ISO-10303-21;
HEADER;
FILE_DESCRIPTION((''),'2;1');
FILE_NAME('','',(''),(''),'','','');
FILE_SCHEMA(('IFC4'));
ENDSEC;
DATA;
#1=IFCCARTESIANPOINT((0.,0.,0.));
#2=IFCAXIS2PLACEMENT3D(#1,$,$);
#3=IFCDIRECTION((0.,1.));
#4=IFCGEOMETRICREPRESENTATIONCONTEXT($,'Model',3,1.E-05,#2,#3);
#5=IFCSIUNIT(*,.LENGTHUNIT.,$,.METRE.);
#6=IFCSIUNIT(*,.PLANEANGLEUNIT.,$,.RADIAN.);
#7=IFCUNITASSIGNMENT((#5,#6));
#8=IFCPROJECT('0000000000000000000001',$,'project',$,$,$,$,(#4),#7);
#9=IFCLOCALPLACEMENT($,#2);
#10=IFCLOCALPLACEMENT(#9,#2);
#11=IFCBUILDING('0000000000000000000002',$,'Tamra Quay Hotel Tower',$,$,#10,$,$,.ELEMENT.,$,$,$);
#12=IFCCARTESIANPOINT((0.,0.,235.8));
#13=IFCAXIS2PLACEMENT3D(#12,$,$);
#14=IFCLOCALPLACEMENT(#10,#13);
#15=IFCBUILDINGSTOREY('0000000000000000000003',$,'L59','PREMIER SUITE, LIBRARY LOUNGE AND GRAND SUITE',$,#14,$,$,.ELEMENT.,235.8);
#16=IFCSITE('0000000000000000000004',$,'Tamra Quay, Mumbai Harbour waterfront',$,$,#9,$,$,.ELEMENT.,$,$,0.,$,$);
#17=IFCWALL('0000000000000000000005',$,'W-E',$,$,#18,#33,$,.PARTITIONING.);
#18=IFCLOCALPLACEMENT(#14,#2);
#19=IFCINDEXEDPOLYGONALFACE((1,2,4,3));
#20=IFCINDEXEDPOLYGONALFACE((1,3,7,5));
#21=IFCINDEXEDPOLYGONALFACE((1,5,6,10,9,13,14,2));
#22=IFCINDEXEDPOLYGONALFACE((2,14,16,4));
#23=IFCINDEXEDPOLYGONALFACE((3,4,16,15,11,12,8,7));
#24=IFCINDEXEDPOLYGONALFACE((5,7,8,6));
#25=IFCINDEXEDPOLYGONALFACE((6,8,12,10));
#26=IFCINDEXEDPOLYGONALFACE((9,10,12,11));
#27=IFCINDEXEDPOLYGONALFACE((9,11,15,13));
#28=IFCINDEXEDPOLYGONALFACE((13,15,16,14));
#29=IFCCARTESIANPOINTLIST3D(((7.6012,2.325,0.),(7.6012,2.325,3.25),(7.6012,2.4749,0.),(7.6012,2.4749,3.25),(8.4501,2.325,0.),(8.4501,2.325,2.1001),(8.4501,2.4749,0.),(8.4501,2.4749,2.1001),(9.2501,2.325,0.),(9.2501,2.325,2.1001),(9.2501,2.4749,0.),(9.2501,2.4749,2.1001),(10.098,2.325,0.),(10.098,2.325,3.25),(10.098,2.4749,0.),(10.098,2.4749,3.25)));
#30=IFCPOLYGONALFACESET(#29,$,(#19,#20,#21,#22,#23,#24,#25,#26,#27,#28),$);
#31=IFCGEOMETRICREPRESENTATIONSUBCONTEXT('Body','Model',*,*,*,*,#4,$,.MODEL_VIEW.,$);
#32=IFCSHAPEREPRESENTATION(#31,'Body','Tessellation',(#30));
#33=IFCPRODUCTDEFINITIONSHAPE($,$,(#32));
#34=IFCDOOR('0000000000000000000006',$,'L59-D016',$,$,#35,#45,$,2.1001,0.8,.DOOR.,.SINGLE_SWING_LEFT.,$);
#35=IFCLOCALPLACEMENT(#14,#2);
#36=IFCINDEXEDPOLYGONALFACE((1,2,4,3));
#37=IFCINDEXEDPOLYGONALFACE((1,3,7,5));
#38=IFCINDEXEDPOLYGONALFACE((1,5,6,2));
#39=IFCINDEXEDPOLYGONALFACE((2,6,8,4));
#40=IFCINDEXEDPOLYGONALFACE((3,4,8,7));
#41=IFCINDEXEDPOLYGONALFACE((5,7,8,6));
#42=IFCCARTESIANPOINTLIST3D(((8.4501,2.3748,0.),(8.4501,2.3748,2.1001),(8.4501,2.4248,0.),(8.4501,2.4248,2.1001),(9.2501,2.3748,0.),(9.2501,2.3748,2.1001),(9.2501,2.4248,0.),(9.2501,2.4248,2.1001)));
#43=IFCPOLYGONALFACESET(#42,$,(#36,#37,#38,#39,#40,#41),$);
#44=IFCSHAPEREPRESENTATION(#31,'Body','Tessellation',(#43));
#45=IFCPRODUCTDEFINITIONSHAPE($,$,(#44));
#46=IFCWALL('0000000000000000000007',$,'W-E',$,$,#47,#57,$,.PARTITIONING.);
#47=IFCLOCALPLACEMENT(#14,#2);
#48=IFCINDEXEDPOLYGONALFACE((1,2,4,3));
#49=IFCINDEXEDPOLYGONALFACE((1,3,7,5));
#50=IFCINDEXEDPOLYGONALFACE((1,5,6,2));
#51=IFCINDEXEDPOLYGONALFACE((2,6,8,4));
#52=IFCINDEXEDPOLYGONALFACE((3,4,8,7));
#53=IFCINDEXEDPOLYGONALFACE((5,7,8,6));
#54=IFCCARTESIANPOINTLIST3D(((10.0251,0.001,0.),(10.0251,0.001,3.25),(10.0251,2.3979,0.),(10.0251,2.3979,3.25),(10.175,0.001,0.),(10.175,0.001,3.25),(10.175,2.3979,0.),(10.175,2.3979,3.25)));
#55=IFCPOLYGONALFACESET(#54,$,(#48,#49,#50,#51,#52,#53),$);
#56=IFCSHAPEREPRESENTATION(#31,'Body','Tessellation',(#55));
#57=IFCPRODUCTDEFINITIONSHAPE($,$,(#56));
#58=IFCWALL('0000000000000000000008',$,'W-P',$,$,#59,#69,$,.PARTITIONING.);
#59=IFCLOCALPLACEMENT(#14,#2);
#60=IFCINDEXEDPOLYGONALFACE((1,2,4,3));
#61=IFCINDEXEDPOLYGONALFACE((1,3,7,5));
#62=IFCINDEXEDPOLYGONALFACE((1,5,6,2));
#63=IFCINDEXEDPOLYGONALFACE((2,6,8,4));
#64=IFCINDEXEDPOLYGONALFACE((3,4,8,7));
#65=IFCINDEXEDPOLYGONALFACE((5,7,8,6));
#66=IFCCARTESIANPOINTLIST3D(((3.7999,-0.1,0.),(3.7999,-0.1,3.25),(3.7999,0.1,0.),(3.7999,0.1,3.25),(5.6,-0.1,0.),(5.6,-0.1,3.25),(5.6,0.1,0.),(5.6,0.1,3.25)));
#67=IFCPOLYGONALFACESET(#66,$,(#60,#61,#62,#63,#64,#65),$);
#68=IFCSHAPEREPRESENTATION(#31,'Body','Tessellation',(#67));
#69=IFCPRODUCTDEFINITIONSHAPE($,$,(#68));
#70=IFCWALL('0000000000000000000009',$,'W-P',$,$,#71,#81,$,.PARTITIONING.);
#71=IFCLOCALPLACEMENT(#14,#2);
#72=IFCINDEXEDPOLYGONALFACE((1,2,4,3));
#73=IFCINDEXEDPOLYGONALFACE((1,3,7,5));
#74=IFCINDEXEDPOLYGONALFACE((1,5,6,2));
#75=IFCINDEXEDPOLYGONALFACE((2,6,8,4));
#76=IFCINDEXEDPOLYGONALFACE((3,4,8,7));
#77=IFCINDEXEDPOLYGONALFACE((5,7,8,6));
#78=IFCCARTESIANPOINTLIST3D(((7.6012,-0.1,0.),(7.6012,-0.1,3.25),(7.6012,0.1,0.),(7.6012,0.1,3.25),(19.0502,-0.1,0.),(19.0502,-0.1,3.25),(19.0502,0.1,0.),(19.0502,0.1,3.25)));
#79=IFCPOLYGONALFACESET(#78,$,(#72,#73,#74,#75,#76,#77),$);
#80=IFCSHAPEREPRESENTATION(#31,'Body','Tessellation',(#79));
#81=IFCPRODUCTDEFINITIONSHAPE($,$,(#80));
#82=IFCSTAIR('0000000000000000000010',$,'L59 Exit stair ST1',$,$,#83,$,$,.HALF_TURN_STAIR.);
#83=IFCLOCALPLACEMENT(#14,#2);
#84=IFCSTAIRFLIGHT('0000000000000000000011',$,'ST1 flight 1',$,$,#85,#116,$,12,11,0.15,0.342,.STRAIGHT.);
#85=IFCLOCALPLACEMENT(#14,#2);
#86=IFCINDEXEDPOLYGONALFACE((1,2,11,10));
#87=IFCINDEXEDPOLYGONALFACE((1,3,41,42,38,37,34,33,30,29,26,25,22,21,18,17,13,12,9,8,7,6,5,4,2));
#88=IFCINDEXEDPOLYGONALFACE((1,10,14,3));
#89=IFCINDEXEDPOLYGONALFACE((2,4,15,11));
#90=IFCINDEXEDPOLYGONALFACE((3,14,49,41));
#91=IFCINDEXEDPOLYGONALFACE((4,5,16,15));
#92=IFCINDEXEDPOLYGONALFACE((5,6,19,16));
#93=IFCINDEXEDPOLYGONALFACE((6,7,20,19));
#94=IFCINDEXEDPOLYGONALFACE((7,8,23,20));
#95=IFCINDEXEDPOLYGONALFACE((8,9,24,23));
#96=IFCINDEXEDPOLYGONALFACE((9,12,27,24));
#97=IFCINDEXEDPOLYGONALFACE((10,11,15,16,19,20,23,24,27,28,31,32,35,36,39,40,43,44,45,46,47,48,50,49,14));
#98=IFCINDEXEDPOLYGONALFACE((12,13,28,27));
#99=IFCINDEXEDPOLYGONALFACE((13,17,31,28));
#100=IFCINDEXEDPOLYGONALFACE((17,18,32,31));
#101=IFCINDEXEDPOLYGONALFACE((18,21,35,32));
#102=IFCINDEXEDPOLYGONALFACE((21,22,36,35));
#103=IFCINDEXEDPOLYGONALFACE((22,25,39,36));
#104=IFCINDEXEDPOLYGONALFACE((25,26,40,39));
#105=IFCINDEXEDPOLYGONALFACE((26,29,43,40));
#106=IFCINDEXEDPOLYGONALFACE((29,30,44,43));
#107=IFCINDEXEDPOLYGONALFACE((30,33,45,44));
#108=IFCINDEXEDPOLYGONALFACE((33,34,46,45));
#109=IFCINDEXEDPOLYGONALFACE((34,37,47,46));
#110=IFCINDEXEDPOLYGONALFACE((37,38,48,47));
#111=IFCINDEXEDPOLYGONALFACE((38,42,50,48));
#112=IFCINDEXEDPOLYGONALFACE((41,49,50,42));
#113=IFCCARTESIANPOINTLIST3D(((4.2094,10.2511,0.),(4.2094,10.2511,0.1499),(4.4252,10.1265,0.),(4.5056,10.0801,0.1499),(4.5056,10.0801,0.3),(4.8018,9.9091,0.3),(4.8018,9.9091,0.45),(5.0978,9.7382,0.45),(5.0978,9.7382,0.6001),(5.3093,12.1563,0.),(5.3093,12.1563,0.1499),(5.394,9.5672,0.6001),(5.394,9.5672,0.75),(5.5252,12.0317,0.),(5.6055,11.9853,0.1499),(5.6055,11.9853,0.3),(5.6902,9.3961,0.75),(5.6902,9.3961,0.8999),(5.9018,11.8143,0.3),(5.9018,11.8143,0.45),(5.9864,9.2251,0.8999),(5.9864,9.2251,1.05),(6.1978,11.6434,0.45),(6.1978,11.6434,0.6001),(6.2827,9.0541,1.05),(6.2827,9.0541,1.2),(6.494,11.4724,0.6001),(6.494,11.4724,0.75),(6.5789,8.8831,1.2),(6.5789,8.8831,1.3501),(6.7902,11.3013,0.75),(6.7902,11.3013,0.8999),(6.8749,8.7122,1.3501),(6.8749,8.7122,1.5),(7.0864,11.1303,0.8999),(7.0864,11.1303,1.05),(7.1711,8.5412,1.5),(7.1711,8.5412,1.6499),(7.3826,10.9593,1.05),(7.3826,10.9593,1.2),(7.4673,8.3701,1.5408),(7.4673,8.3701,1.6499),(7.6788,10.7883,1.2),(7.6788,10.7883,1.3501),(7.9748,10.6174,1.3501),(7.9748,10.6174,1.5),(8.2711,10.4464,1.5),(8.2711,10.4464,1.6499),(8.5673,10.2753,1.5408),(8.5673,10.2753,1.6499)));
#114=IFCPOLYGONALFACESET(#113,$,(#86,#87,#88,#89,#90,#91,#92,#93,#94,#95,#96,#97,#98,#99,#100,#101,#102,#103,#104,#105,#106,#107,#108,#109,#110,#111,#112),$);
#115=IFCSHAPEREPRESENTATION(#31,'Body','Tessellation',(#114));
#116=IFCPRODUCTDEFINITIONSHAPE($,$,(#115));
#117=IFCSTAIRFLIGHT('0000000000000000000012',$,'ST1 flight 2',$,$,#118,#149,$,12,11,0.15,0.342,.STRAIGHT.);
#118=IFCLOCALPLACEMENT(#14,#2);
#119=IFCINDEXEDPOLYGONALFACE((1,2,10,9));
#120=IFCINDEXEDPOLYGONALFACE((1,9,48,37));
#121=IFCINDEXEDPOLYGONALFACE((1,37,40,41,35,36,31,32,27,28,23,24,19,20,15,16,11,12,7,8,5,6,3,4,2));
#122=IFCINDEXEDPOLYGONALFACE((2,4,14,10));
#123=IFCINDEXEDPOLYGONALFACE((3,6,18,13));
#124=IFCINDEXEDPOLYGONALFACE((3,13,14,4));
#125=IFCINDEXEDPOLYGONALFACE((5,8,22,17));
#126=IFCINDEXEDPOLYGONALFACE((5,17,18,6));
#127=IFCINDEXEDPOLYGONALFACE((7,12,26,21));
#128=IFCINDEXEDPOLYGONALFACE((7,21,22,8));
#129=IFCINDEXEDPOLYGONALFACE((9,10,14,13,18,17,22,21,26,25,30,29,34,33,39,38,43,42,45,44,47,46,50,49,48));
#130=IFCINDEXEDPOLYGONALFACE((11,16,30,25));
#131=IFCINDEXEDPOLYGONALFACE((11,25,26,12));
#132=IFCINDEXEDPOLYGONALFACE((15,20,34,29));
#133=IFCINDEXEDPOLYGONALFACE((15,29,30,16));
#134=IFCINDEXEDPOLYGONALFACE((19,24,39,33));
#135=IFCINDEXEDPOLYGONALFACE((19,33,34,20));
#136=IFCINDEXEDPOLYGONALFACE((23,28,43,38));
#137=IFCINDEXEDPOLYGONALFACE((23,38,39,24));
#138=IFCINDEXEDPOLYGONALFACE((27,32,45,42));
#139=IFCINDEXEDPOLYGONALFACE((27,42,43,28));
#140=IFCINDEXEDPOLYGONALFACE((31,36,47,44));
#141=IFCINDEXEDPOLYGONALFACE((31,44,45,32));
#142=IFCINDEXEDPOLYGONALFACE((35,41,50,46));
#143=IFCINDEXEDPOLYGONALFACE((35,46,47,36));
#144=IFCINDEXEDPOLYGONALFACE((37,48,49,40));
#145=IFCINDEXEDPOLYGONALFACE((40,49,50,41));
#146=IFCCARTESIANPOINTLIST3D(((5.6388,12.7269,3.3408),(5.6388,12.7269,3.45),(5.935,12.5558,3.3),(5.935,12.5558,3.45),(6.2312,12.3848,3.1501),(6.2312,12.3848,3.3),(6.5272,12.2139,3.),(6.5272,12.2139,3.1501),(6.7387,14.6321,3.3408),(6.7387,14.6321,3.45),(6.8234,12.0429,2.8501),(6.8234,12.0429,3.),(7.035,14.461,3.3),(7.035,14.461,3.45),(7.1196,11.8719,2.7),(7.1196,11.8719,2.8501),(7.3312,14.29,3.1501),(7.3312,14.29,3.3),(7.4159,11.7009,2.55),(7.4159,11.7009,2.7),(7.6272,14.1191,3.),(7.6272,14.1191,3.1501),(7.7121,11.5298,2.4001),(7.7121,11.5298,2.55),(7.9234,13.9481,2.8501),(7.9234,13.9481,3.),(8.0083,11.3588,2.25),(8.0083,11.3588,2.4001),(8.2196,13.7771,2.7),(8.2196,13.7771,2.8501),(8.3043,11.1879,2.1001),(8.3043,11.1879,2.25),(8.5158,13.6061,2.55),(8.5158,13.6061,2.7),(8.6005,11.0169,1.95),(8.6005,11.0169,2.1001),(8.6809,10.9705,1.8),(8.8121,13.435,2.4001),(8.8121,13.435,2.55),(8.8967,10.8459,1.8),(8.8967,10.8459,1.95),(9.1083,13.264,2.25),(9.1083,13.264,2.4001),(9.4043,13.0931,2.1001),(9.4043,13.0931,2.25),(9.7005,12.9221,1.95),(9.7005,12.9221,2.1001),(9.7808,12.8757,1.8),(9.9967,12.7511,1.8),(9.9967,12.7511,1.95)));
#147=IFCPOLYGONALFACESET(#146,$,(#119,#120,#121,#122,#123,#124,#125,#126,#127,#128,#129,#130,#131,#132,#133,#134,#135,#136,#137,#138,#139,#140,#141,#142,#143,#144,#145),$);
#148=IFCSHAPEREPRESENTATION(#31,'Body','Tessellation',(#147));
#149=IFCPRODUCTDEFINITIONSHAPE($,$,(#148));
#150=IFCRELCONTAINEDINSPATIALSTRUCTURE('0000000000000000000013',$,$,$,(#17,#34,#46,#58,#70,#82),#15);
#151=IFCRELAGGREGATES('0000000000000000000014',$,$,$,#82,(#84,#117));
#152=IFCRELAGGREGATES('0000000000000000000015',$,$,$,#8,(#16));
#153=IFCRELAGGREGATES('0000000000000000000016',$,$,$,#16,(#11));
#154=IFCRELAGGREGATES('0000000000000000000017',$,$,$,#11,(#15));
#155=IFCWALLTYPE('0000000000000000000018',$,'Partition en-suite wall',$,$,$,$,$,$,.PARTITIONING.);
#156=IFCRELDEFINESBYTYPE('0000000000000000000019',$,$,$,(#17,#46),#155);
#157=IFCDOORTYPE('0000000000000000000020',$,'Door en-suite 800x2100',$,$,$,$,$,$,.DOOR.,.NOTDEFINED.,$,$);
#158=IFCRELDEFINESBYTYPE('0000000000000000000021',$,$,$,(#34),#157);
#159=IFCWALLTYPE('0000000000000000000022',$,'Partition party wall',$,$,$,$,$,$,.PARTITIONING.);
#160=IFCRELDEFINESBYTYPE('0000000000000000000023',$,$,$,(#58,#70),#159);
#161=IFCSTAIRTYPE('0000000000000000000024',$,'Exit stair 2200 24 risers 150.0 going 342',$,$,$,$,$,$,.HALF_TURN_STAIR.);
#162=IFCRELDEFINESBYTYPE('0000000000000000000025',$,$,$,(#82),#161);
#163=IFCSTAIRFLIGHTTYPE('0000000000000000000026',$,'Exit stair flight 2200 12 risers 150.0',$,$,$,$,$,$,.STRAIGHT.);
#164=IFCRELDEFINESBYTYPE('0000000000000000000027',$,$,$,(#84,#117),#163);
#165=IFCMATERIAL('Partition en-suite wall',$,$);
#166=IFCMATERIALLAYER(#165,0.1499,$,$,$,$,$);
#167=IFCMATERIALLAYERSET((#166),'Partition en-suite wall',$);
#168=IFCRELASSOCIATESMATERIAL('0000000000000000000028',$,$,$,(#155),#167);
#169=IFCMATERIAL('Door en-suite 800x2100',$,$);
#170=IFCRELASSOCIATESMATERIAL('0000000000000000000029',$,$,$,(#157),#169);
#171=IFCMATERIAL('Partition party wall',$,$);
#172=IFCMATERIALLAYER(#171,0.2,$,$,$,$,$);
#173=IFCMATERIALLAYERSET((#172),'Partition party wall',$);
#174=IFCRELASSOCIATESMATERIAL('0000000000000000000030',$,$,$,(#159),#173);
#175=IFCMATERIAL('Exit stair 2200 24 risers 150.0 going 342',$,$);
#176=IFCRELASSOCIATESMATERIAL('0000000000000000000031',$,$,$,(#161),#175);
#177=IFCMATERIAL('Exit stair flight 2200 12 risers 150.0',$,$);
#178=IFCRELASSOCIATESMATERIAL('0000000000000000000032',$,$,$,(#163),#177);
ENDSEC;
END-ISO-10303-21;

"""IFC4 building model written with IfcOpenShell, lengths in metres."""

from ifc_helpers import new_model, si_unit, direction, frame, frame_2d, origin, place, context, subcontext, project, spatial, polyline, rectangle, outline, extrude, material, layer, layer_set, type_object, element, fill, aggregate, save


model = new_model("IFC4")

# Units and contexts
model_context = context("Model", 3, precision=1e-05, world=origin(), true_north=direction((0.0, 1.0)))
body_context = subcontext(model_context, "Body", "Model", "MODEL_VIEW")
ifc_project = project(units=[si_unit("LENGTHUNIT", "METRE"), si_unit("PLANEANGLEUNIT", "RADIAN")], contexts=[model_context])

# Site, building, storey
site_placement = place(None, origin())
site = spatial("IfcSite", under=ifc_project, at=site_placement, Name="Tamra Quay, Mumbai Harbour waterfront", CompositionType="ELEMENT", RefElevation=0.0)
building_placement = place(site_placement, origin())
building = spatial("IfcBuilding", under=site, at=building_placement, Name="Tamra Quay Hotel Tower", CompositionType="ELEMENT")
storey_placement = place(building_placement, frame((0.0, 0.0, 235.8)))
storey = spatial("IfcBuildingStorey", under=building, at=storey_placement, Name="L59", Description="PREMIER SUITE, LIBRARY LOUNGE AND GRAND SUITE", CompositionType="ELEMENT", Elevation=235.8)

# Wall, opening, door
ifc_material_1 = material(Name="Partition en-suite wall")
ifc_layer_1 = layer(ifc_material_1, 0.1499)
ifc_layer_set_1 = layer_set([ifc_layer_1], Name="Partition en-suite wall")
wall_type_1 = type_object("IfcWallType", Name="Partition en-suite wall", PredefinedType="PARTITIONING", material=ifc_layer_set_1)
wall_1_placement = place(storey_placement, frame((7.6011, 2.3999, 0.0), z_axis=(0.0, 0.0, 1.0), x_axis=(1.0, 0.0, 0.0)))
wall_1 = element("IfcWall", 1, at=wall_1_placement, inside=storey, type_object=wall_type_1, Name="W-E", PredefinedType="PARTITIONING", context=body_context, shape_type="SweptSolid", body=[
    extrude(rectangle(XDim=2.4968, YDim=0.1499, at=frame_2d((1.2485, 0.0))), origin(), (0.0, 0.0, 1.0), 3.25),
])
opening_1_placement = place(wall_1_placement, frame((0.8491, 0.0, 0.0)))
opening_1 = element("IfcOpeningElement", 2, at=opening_1_placement, cuts=wall_1, PredefinedType="OPENING", context=body_context, shape_type="SweptSolid", body=[
    extrude(rectangle(XDim=0.8, YDim=2.1001, at=frame_2d((0.3999, 1.05))), frame((0.0, 0.085, 0.0), z_axis=(0.0, -1.0, 0.0), x_axis=(1.0, 0.0, 0.0)), (0.0, 0.0, 1.0), 0.1699),
])
ifc_material_2 = material(Name="Door en-suite 800x2100")
door_type_1 = type_object("IfcDoorType", Name="Door en-suite 800x2100", OperationType="NOTDEFINED", PredefinedType="DOOR", material=ifc_material_2)
door_1_placement = place(opening_1_placement, origin())
door_1 = element("IfcDoor", 3, at=door_1_placement, inside=storey, type_object=door_type_1, Name="L59-D016", OperationType="SINGLE_SWING_LEFT", OverallHeight=2.1001, OverallWidth=0.8, PredefinedType="DOOR", context=body_context, shape_type="SweptSolid", body=[
    extrude(rectangle(XDim=0.8, YDim=2.1001, at=frame_2d((0.3999, 1.05))), frame((0.0, 0.0249, 0.0), z_axis=(0.0, -1.0, 0.0), x_axis=(1.0, 0.0, 0.0)), (0.0, 0.0, 1.0), 0.05),
])
fill(opening_1, door_1)

# Walls
wall_2_placement = place(storey_placement, frame((10.1001, 0.001, 0.0), z_axis=(0.0, 0.0, 1.0), x_axis=(0.0, 1.0, 0.0)))
element("IfcWall", 4, at=wall_2_placement, inside=storey, type_object=wall_type_1, Name="W-E", PredefinedType="PARTITIONING", context=body_context, shape_type="SweptSolid", body=[
    extrude(rectangle(XDim=2.397, YDim=0.1499, at=frame_2d((1.1985, 0.0))), origin(), (0.0, 0.0, 1.0), 3.25),
])
ifc_material_3 = material(Name="Partition party wall")
ifc_layer_2 = layer(ifc_material_3, 0.2)
ifc_layer_set_2 = layer_set([ifc_layer_2], Name="Partition party wall")
wall_type_2 = type_object("IfcWallType", Name="Partition party wall", PredefinedType="PARTITIONING", material=ifc_layer_set_2)
wall_3_placement = place(storey_placement, frame((3.8, 0.0, 0.0), z_axis=(0.0, 0.0, 1.0), x_axis=(1.0, 0.0, 0.0)))
element("IfcWall", 5, at=wall_3_placement, inside=storey, type_object=wall_type_2, Name="W-P", PredefinedType="PARTITIONING", context=body_context, shape_type="SweptSolid", body=[
    extrude(rectangle(XDim=1.8, YDim=0.2, at=frame_2d((0.8999, 0.0))), origin(), (0.0, 0.0, 1.0), 3.25),
])
wall_4_placement = place(storey_placement, frame((7.6011, 0.0, 0.0), z_axis=(0.0, 0.0, 1.0), x_axis=(1.0, 0.0, 0.0)))
element("IfcWall", 6, at=wall_4_placement, inside=storey, type_object=wall_type_2, Name="W-P", PredefinedType="PARTITIONING", context=body_context, shape_type="SweptSolid", body=[
    extrude(rectangle(XDim=11.449, YDim=0.2, at=frame_2d((5.7246, 0.0))), origin(), (0.0, 0.0, 1.0), 3.25),
])

# Stair, stair flights
ifc_material_4 = material(Name="Exit stair 2200 24 risers 150.0 going 342")
stair_type = type_object("IfcStairType", Name="Exit stair 2200 24 risers 150.0 going 342", PredefinedType="HALF_TURN_STAIR", material=ifc_material_4)
stair_placement = place(storey_placement, origin())
stair = element("IfcStair", 7, at=stair_placement, inside=storey, type_object=stair_type, Name="L59 Exit stair ST1", PredefinedType="HALF_TURN_STAIR")
ifc_material_5 = material(Name="Exit stair flight 2200 12 risers 150.0")
stair_flight_type = type_object("IfcStairFlightType", Name="Exit stair flight 2200 12 risers 150.0", PredefinedType="STRAIGHT", material=ifc_material_5)
stair_flight_1_placement = place(storey_placement, frame((4.7593, 11.2036, 0.0), z_axis=(0.0, 0.0, 1.0), x_axis=(0.866025, -0.5, 0.0)))
stair_flight_1 = element("IfcStairFlight", 8, at=stair_flight_1_placement, type_object=stair_flight_type, Name="ST1 flight 1", NumberOfRisers=12, NumberOfTreads=11, PredefinedType="STRAIGHT", RiserHeight=0.15, TreadLength=0.342, context=body_context, shape_type="SweptSolid", body=[
    extrude(outline(polyline([(0.0, 0.0), (0.0, 0.1499), (0.342, 0.1499), (0.342, 0.3), (0.6841, 0.3), (0.6841, 0.45), (1.0259, 0.45), (1.0259, 0.6001), (1.3679, 0.6001), (1.3679, 0.75), (1.71, 0.75), (1.71, 0.8999), (2.052, 0.8999), (2.052, 1.05), (2.394, 1.05), (2.394, 1.2), (2.7361, 1.2), (2.7361, 1.3501), (3.0779, 1.3501), (3.0779, 1.5), (3.4199, 1.5), (3.4199, 1.6499), (3.762, 1.6499), (3.762, 1.8), (3.762, 1.5408), (0.2493, 0.0), (0.0, 0.0)])), frame((0.0, 1.1001, 0.0), z_axis=(0.0, -1.0, 0.0), x_axis=(1.0, 0.0, 0.0)), (0.0, 0.0, 1.0), 2.2),
])
stair_flight_2_placement = place(storey_placement, frame((9.4468, 11.7986, 1.8), z_axis=(0.0, 0.0, 1.0), x_axis=(-0.866025, 0.5, 0.0)))
stair_flight_2 = element("IfcStairFlight", 9, at=stair_flight_2_placement, type_object=stair_flight_type, Name="ST1 flight 2", NumberOfRisers=12, NumberOfTreads=11, PredefinedType="STRAIGHT", RiserHeight=0.15, TreadLength=0.342, context=body_context, shape_type="SweptSolid", body=[
    extrude(outline(polyline([(0.0, 0.0), (0.0, 0.1499), (0.342, 0.1499), (0.342, 0.3), (0.6841, 0.3), (0.6841, 0.45), (1.0259, 0.45), (1.0259, 0.6001), (1.3679, 0.6001), (1.3679, 0.75), (1.71, 0.75), (1.71, 0.8999), (2.052, 0.8999), (2.052, 1.05), (2.394, 1.05), (2.394, 1.2), (2.7361, 1.2), (2.7361, 1.3501), (3.0779, 1.3501), (3.0779, 1.5), (3.4199, 1.5), (3.4199, 1.6499), (3.762, 1.6499), (3.762, 1.8), (3.762, 1.5408), (0.2493, 0.0), (0.0, 0.0)])), frame((0.0, 1.1001, 0.0), z_axis=(0.0, -1.0, 0.0), x_axis=(1.0, 0.0, 0.0)), (0.0, 0.0, 1.0), 2.2),
])
aggregate(stair, [stair_flight_1, stair_flight_2])

save(model, "model.ifc")
